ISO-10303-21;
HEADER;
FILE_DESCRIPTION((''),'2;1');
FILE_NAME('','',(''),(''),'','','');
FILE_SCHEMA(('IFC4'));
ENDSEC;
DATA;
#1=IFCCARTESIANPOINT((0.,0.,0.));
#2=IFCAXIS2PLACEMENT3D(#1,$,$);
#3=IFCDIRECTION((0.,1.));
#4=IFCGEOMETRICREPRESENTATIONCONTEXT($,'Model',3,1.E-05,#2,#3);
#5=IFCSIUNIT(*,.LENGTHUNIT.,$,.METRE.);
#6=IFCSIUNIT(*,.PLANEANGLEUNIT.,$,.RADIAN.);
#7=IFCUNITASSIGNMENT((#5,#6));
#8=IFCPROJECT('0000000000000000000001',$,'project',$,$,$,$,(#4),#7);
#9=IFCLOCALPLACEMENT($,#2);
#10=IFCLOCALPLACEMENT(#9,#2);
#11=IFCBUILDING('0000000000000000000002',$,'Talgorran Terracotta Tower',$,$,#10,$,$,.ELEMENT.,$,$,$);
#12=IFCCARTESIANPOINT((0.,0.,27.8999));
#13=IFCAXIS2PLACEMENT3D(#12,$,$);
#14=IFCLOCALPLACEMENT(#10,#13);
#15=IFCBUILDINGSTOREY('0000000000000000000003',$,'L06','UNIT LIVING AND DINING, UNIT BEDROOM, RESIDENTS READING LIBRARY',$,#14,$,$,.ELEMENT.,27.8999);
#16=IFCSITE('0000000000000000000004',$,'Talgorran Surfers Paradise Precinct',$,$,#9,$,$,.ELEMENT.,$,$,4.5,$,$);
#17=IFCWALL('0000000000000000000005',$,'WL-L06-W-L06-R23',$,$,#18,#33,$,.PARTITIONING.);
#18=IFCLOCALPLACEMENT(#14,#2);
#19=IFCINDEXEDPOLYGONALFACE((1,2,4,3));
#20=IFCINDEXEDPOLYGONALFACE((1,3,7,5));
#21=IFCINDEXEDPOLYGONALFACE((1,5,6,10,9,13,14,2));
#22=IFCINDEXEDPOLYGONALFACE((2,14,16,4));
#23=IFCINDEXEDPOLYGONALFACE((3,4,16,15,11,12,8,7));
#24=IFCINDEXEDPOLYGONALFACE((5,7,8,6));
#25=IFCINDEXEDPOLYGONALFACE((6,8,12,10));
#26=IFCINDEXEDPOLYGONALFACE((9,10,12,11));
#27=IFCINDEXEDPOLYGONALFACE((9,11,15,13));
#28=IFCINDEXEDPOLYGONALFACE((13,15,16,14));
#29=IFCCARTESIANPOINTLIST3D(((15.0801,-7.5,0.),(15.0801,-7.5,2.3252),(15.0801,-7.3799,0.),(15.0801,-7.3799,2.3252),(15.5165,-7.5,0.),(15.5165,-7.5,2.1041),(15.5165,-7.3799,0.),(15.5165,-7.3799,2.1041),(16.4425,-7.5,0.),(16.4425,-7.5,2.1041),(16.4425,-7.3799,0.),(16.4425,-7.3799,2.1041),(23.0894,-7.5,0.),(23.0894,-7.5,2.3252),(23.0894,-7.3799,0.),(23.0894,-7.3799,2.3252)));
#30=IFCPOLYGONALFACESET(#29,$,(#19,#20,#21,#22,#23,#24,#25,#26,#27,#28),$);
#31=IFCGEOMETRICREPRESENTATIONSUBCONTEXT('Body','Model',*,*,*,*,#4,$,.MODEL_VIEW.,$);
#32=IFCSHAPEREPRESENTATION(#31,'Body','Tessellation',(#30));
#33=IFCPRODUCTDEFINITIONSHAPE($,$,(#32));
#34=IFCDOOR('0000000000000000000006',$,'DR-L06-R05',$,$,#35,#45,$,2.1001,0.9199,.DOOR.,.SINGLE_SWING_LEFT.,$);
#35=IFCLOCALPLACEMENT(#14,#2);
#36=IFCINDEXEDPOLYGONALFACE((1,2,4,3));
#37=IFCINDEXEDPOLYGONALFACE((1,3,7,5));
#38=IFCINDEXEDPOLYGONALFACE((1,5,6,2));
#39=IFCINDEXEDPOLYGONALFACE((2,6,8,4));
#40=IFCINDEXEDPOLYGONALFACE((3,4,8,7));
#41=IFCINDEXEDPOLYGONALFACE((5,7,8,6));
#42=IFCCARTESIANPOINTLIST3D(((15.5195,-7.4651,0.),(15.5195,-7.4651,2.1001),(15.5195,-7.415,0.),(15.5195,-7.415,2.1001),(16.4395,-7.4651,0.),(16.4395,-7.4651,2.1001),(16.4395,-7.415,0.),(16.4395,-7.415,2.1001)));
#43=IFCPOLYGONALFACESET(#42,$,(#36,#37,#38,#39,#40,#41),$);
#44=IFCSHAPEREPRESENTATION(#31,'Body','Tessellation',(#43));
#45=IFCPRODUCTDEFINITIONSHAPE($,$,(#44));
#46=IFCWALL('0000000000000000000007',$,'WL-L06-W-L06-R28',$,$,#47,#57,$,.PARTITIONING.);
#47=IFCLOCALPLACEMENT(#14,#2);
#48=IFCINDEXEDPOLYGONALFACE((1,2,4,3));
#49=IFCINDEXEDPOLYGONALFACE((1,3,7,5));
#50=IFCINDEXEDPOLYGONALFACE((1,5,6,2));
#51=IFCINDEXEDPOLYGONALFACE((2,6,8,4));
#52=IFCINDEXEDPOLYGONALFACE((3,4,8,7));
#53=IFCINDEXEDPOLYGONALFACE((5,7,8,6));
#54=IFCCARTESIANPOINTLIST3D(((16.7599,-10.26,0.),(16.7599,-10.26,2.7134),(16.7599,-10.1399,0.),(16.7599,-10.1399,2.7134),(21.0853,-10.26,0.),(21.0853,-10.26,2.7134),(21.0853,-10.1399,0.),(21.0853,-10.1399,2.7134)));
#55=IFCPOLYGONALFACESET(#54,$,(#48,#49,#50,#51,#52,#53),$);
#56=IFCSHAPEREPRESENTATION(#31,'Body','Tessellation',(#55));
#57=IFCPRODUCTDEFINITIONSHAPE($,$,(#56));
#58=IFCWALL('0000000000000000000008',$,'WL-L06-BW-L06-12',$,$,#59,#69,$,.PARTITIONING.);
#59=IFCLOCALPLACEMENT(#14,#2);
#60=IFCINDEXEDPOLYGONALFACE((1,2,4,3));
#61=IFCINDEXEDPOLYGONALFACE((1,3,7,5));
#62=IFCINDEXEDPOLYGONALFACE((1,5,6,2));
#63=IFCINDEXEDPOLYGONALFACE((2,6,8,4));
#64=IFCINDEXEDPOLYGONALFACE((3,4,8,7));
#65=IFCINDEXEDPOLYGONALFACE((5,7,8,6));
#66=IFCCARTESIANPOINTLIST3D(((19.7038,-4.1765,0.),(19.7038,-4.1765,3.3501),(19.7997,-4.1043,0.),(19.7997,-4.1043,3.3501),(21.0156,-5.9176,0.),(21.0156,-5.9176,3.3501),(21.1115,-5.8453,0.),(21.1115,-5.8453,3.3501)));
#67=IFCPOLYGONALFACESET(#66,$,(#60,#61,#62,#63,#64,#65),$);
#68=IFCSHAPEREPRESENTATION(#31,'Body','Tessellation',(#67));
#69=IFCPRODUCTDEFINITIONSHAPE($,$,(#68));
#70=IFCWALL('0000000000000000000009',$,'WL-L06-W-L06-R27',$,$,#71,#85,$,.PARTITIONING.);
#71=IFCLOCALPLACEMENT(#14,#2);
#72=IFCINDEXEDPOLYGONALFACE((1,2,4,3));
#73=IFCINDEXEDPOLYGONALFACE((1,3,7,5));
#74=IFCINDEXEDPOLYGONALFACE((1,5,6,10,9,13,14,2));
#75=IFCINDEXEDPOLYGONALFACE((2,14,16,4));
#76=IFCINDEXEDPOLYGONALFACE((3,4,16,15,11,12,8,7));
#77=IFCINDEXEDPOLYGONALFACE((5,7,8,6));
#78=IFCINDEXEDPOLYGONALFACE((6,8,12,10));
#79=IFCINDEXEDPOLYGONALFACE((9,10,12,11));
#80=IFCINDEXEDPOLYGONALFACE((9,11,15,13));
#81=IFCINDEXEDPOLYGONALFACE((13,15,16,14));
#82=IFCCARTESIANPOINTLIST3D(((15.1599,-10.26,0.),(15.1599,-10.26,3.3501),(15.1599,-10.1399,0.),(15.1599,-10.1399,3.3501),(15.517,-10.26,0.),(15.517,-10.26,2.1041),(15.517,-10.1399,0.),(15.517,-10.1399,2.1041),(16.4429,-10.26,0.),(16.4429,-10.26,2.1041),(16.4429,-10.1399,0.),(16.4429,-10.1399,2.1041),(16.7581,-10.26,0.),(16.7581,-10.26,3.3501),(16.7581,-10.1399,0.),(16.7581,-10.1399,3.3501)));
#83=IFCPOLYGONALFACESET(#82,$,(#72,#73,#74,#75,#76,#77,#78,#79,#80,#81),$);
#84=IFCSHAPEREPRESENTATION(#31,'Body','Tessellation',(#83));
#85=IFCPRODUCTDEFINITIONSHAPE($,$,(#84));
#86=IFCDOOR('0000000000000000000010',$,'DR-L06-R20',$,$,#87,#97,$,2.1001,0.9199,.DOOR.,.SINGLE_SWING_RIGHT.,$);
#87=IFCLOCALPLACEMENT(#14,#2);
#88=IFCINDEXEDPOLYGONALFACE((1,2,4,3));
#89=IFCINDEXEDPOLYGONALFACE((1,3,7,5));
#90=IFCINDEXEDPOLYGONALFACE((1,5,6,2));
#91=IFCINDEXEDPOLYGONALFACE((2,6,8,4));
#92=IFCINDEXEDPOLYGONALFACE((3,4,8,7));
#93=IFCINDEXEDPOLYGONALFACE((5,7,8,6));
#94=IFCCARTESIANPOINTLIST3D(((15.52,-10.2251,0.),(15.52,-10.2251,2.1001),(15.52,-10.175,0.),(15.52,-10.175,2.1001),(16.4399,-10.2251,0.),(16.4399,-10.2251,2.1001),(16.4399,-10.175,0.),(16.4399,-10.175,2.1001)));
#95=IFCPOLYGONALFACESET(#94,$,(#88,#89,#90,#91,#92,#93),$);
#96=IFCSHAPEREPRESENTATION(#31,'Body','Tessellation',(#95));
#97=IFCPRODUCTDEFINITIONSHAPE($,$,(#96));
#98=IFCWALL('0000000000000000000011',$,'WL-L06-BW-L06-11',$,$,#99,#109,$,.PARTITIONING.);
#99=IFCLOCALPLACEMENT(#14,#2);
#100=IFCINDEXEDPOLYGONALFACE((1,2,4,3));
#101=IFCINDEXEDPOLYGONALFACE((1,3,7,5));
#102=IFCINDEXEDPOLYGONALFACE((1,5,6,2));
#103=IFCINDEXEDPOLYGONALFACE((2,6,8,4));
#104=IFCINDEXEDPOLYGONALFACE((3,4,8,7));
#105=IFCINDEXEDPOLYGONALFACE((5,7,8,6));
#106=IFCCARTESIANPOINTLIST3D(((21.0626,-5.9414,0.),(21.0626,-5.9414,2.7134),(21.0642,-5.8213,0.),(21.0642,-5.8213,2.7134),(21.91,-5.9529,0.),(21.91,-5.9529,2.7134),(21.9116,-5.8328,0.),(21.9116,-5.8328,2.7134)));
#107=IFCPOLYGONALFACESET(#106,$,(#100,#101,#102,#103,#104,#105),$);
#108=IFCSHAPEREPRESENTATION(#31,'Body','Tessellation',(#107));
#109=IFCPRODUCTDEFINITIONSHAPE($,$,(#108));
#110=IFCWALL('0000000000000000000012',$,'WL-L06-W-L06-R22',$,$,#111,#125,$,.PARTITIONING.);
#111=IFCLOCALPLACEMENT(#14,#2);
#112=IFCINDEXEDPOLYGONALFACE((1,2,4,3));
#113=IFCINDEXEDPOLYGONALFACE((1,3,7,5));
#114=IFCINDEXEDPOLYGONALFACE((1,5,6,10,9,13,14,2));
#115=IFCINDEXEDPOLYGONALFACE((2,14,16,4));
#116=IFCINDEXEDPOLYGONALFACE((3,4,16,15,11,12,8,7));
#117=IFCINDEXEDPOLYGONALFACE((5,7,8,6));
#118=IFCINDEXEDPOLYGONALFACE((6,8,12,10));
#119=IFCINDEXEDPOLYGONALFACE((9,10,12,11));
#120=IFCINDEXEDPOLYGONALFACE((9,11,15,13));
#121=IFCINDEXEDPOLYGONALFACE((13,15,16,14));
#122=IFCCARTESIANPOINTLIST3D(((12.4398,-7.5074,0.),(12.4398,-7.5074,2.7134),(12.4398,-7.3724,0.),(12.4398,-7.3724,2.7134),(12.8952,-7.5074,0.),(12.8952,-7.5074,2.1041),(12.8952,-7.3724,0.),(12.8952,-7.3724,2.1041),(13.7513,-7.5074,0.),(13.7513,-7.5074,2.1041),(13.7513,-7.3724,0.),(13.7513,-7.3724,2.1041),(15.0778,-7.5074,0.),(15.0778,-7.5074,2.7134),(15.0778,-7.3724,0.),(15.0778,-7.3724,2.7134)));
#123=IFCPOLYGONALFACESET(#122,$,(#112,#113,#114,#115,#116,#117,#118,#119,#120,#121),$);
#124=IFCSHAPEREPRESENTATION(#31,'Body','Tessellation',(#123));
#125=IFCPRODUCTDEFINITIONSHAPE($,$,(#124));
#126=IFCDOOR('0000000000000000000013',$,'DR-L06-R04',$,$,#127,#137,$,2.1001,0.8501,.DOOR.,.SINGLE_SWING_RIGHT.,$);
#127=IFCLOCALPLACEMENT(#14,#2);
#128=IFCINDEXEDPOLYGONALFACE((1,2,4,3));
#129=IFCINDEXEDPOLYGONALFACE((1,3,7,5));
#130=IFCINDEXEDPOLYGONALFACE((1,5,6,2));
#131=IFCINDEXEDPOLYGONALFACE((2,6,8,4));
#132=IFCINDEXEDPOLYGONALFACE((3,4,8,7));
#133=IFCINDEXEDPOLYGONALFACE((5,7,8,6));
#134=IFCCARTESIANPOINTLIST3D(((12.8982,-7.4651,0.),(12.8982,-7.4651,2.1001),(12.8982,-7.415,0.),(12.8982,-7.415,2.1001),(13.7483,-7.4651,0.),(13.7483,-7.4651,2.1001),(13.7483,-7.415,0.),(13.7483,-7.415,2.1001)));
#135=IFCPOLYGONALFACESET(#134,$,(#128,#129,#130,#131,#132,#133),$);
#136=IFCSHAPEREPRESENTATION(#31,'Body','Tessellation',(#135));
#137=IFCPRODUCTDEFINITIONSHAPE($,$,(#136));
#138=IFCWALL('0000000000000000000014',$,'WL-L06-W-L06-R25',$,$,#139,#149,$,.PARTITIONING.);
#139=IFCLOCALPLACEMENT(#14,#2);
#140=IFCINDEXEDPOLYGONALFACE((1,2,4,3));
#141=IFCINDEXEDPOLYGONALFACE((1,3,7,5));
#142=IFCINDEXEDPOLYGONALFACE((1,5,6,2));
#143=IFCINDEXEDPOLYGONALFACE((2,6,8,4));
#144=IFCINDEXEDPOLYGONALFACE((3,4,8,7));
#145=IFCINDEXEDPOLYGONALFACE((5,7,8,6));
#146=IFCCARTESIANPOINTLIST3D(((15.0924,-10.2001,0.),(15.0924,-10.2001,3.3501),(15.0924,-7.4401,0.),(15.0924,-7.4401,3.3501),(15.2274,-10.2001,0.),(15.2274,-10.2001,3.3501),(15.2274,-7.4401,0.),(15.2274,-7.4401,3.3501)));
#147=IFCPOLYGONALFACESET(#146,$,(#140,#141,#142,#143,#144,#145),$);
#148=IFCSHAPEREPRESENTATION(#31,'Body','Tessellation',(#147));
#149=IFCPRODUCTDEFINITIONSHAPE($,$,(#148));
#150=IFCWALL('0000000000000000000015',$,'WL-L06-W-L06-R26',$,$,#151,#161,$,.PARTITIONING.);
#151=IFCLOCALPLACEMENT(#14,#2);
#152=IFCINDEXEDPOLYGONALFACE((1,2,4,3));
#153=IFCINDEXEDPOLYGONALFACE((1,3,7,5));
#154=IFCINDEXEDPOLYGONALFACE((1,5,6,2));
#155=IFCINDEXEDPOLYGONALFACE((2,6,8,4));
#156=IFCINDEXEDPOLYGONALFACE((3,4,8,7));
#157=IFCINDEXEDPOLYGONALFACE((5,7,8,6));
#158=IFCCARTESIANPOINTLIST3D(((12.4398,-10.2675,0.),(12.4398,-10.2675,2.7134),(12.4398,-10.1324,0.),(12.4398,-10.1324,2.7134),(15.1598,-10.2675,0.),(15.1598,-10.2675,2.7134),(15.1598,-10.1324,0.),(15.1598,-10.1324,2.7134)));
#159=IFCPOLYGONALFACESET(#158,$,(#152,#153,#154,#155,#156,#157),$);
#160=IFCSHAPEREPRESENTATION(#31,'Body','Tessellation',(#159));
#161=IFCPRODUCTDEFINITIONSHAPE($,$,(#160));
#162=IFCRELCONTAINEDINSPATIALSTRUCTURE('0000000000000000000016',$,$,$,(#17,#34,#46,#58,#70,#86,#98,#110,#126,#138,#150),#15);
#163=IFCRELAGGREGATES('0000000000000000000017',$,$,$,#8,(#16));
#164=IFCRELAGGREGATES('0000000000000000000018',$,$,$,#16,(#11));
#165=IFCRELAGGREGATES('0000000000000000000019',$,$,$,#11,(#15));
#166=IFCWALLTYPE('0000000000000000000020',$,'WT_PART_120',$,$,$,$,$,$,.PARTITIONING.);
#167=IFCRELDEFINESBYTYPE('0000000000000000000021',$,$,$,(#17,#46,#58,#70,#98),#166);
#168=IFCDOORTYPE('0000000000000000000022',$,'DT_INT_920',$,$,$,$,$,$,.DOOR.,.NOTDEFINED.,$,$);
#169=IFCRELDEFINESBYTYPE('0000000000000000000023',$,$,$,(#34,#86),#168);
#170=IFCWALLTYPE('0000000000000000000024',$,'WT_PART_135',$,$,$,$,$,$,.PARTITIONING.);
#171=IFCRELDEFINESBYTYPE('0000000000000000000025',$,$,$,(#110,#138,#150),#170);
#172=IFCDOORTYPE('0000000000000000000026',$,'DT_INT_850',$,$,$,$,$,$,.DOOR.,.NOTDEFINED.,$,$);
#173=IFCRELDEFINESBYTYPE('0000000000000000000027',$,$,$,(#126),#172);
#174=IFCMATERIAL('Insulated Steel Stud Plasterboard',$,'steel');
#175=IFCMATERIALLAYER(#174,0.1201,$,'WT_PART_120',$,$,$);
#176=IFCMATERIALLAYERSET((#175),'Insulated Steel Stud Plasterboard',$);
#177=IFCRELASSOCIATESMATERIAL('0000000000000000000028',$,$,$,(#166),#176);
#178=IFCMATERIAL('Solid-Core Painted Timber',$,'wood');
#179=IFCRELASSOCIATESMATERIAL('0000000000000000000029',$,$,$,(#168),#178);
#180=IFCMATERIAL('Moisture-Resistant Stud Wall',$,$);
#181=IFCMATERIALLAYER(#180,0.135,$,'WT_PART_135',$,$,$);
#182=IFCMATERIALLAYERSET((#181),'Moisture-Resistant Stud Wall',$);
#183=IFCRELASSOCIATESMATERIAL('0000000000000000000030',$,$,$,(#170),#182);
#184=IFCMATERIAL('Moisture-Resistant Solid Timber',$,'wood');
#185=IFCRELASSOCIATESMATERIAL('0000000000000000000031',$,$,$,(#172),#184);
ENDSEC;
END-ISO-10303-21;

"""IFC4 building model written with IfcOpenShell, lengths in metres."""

from ifc_helpers import new_model, si_unit, direction, frame, frame_2d, origin, place, context, subcontext, project, spatial, rectangle, extrude, material, layer, layer_set, type_object, element, fill, save


model = new_model("IFC4")

# Units and contexts
model_context = context("Model", 3, precision=1e-05, world=origin(), true_north=direction((0.0, 1.0)))
body_context = subcontext(model_context, "Body", "Model", "MODEL_VIEW")
ifc_project = project(units=[si_unit("LENGTHUNIT", "METRE"), si_unit("PLANEANGLEUNIT", "RADIAN")], contexts=[model_context])

# Site, building, storey
site_placement = place(None, origin())
site = spatial("IfcSite", under=ifc_project, at=site_placement, Name="Talgorran Surfers Paradise Precinct", CompositionType="ELEMENT", RefElevation=4.5)
building_placement = place(site_placement, origin())
building = spatial("IfcBuilding", under=site, at=building_placement, Name="Talgorran Terracotta Tower", CompositionType="ELEMENT")
storey_placement = place(building_placement, frame((0.0, 0.0, 27.8999)))
storey = spatial("IfcBuildingStorey", under=building, at=storey_placement, Name="L06", Description="UNIT LIVING AND DINING, UNIT BEDROOM, RESIDENTS READING LIBRARY", CompositionType="ELEMENT", Elevation=27.8999)

# Wall, opening, door
ifc_material_1 = material(Name="Insulated Steel Stud Plasterboard", Category="steel")
ifc_layer_1 = layer(ifc_material_1, 0.1201, Name="WT_PART_120")
ifc_layer_set_1 = layer_set([ifc_layer_1], Name="Insulated Steel Stud Plasterboard")
wall_type_1 = type_object("IfcWallType", Name="WT_PART_120", PredefinedType="PARTITIONING", material=ifc_layer_set_1)
wall_1_placement = place(storey_placement, frame((15.0801, -7.4399, 0.0), z_axis=(0.0, 0.0, 1.0), x_axis=(1.0, 0.0, 0.0)))
wall_1 = element("IfcWall", 1, at=wall_1_placement, inside=storey, type_object=wall_type_1, Name="WL-L06-W-L06-R23", PredefinedType="PARTITIONING", context=body_context, shape_type="SweptSolid", body=[
    extrude(rectangle(XDim=8.0093, YDim=0.1201, at=frame_2d((4.0046, 0.0))), origin(), (0.0, 0.0, 1.0), 2.3252),
])
opening_1_placement = place(wall_1_placement, frame((0.4395, 0.0, 0.0)))
opening_1 = element("IfcOpeningElement", 2, at=opening_1_placement, cuts=wall_1, PredefinedType="OPENING", context=body_context, shape_type="SweptSolid", body=[
    extrude(rectangle(XDim=0.9259, YDim=2.1041, at=frame_2d((0.46, 1.052))), frame((0.0, 0.0701, 0.0), z_axis=(0.0, -1.0, 0.0), x_axis=(1.0, 0.0, 0.0)), (0.0, 0.0, 1.0), 0.1401),
])
ifc_material_2 = material(Name="Solid-Core Painted Timber", Category="wood")
door_type_1 = type_object("IfcDoorType", Name="DT_INT_920", OperationType="NOTDEFINED", PredefinedType="DOOR", material=ifc_material_2)
door_1_placement = place(opening_1_placement, origin())
door_1 = element("IfcDoor", 3, at=door_1_placement, inside=storey, type_object=door_type_1, Name="DR-L06-R05", OperationType="SINGLE_SWING_LEFT", OverallHeight=2.1001, OverallWidth=0.9199, PredefinedType="DOOR", context=body_context, shape_type="SweptSolid", body=[
    extrude(rectangle(XDim=0.9199, YDim=2.1001, at=frame_2d((0.46, 1.05))), frame((0.0, 0.0249, 0.0), z_axis=(0.0, -1.0, 0.0), x_axis=(1.0, 0.0, 0.0)), (0.0, 0.0, 1.0), 0.05),
])
fill(opening_1, door_1)

# Walls
wall_2_placement = place(storey_placement, frame((16.76, -10.2, 0.0), z_axis=(0.0, 0.0, 1.0), x_axis=(1.0, 0.0, 0.0)))
element("IfcWall", 4, at=wall_2_placement, inside=storey, type_object=wall_type_1, Name="WL-L06-W-L06-R28", PredefinedType="PARTITIONING", context=body_context, shape_type="SweptSolid", body=[
    extrude(rectangle(XDim=4.3254, YDim=0.1201, at=frame_2d((2.1626, 0.0))), origin(), (0.0, 0.0, 1.0), 2.7134),
])
wall_3_placement = place(storey_placement, frame((21.0635, -5.8813, 0.0), z_axis=(0.0, 0.0, 1.0), x_axis=(-0.601773, 0.798667, 0.0)))
element("IfcWall", 5, at=wall_3_placement, inside=storey, type_object=wall_type_1, Name="WL-L06-BW-L06-12", PredefinedType="PARTITIONING", context=body_context, shape_type="SweptSolid", body=[
    extrude(rectangle(XDim=2.1799, YDim=0.1201, at=frame_2d((1.0898, 0.0))), origin(), (0.0, 0.0, 1.0), 3.3501),
])

# Wall, opening, door
wall_4_placement = place(storey_placement, frame((15.1599, -10.2, 0.0), z_axis=(0.0, 0.0, 1.0), x_axis=(1.0, 0.0, 0.0)))
wall_4 = element("IfcWall", 6, at=wall_4_placement, inside=storey, type_object=wall_type_1, Name="WL-L06-W-L06-R27", PredefinedType="PARTITIONING", context=body_context, shape_type="SweptSolid", body=[
    extrude(rectangle(XDim=1.5981, YDim=0.1201, at=frame_2d((0.7991, 0.0))), origin(), (0.0, 0.0, 1.0), 3.3501),
])
opening_2_placement = place(wall_4_placement, frame((0.3601, 0.0, 0.0)))
opening_2 = element("IfcOpeningElement", 7, at=opening_2_placement, cuts=wall_4, PredefinedType="OPENING", context=body_context, shape_type="SweptSolid", body=[
    extrude(rectangle(XDim=0.9259, YDim=2.1041, at=frame_2d((0.46, 1.052))), frame((0.0, 0.0701, 0.0), z_axis=(0.0, -1.0, 0.0), x_axis=(1.0, 0.0, 0.0)), (0.0, 0.0, 1.0), 0.1401),
])
door_2_placement = place(opening_2_placement, origin())
door_2 = element("IfcDoor", 8, at=door_2_placement, inside=storey, type_object=door_type_1, Name="DR-L06-R20", OperationType="SINGLE_SWING_RIGHT", OverallHeight=2.1001, OverallWidth=0.9199, PredefinedType="DOOR", context=body_context, shape_type="SweptSolid", body=[
    extrude(rectangle(XDim=0.9199, YDim=2.1001, at=frame_2d((0.46, 1.05))), frame((0.0, 0.0249, 0.0), z_axis=(0.0, -1.0, 0.0), x_axis=(1.0, 0.0, 0.0)), (0.0, 0.0, 1.0), 0.05),
])
fill(opening_2, door_2)

# Wall
wall_5_placement = place(storey_placement, frame((21.9109, -5.8928, 0.0), z_axis=(0.0, 0.0, 1.0), x_axis=(-0.999908, 0.01354, 0.0)))
element("IfcWall", 9, at=wall_5_placement, inside=storey, type_object=wall_type_1, Name="WL-L06-BW-L06-11", PredefinedType="PARTITIONING", context=body_context, shape_type="SweptSolid", body=[
    extrude(rectangle(XDim=0.8474, YDim=0.1201, at=frame_2d((0.4238, 0.0))), origin(), (0.0, 0.0, 1.0), 2.7134),
])

# Wall, opening, door
ifc_material_3 = material(Name="Moisture-Resistant Stud Wall")
ifc_layer_2 = layer(ifc_material_3, 0.135, Name="WT_PART_135")
ifc_layer_set_2 = layer_set([ifc_layer_2], Name="Moisture-Resistant Stud Wall")
wall_type_2 = type_object("IfcWallType", Name="WT_PART_135", PredefinedType="PARTITIONING", material=ifc_layer_set_2)
wall_6_placement = place(storey_placement, frame((12.4399, -7.4399, 0.0), z_axis=(0.0, 0.0, 1.0), x_axis=(1.0, 0.0, 0.0)))
wall_6 = element("IfcWall", 10, at=wall_6_placement, inside=storey, type_object=wall_type_2, Name="WL-L06-W-L06-R22", PredefinedType="PARTITIONING", context=body_context, shape_type="SweptSolid", body=[
    extrude(rectangle(XDim=2.6379, YDim=0.135, at=frame_2d((1.3188, 0.0))), origin(), (0.0, 0.0, 1.0), 2.7134),
])
opening_3_placement = place(wall_6_placement, frame((0.4583, 0.0, 0.0)))
opening_3 = element("IfcOpeningElement", 11, at=opening_3_placement, cuts=wall_6, PredefinedType="OPENING", context=body_context, shape_type="SweptSolid", body=[
    extrude(rectangle(XDim=0.8561, YDim=2.1041, at=frame_2d((0.425, 1.052))), frame((0.0, 0.0776, 0.0), z_axis=(0.0, -1.0, 0.0), x_axis=(1.0, 0.0, 0.0)), (0.0, 0.0, 1.0), 0.155),
])
ifc_material_4 = material(Name="Moisture-Resistant Solid Timber", Category="wood")
door_type_2 = type_object("IfcDoorType", Name="DT_INT_850", OperationType="NOTDEFINED", PredefinedType="DOOR", material=ifc_material_4)
door_3_placement = place(opening_3_placement, origin())
door_3 = element("IfcDoor", 12, at=door_3_placement, inside=storey, type_object=door_type_2, Name="DR-L06-R04", OperationType="SINGLE_SWING_RIGHT", OverallHeight=2.1001, OverallWidth=0.8501, PredefinedType="DOOR", context=body_context, shape_type="SweptSolid", body=[
    extrude(rectangle(XDim=0.8501, YDim=2.1001, at=frame_2d((0.425, 1.05))), frame((0.0, 0.0249, 0.0), z_axis=(0.0, -1.0, 0.0), x_axis=(1.0, 0.0, 0.0)), (0.0, 0.0, 1.0), 0.05),
])
fill(opening_3, door_3)

# Walls
wall_7_placement = place(storey_placement, frame((15.1599, -10.2, 0.0), z_axis=(0.0, 0.0, 1.0), x_axis=(0.0, 1.0, 0.0)))
element("IfcWall", 13, at=wall_7_placement, inside=storey, type_object=wall_type_2, Name="WL-L06-W-L06-R25", PredefinedType="PARTITIONING", context=body_context, shape_type="SweptSolid", body=[
    extrude(rectangle(XDim=2.76, YDim=0.135, at=frame_2d((1.3799, 0.0))), origin(), (0.0, 0.0, 1.0), 3.3501),
])
wall_8_placement = place(storey_placement, frame((12.4399, -10.2, 0.0), z_axis=(0.0, 0.0, 1.0), x_axis=(1.0, 0.0, 0.0)))
element("IfcWall", 14, at=wall_8_placement, inside=storey, type_object=wall_type_2, Name="WL-L06-W-L06-R26", PredefinedType="PARTITIONING", context=body_context, shape_type="SweptSolid", body=[
    extrude(rectangle(XDim=2.72, YDim=0.135, at=frame_2d((1.3599, 0.0))), origin(), (0.0, 0.0, 1.0), 2.7134),
])

save(model, "model.ifc")
